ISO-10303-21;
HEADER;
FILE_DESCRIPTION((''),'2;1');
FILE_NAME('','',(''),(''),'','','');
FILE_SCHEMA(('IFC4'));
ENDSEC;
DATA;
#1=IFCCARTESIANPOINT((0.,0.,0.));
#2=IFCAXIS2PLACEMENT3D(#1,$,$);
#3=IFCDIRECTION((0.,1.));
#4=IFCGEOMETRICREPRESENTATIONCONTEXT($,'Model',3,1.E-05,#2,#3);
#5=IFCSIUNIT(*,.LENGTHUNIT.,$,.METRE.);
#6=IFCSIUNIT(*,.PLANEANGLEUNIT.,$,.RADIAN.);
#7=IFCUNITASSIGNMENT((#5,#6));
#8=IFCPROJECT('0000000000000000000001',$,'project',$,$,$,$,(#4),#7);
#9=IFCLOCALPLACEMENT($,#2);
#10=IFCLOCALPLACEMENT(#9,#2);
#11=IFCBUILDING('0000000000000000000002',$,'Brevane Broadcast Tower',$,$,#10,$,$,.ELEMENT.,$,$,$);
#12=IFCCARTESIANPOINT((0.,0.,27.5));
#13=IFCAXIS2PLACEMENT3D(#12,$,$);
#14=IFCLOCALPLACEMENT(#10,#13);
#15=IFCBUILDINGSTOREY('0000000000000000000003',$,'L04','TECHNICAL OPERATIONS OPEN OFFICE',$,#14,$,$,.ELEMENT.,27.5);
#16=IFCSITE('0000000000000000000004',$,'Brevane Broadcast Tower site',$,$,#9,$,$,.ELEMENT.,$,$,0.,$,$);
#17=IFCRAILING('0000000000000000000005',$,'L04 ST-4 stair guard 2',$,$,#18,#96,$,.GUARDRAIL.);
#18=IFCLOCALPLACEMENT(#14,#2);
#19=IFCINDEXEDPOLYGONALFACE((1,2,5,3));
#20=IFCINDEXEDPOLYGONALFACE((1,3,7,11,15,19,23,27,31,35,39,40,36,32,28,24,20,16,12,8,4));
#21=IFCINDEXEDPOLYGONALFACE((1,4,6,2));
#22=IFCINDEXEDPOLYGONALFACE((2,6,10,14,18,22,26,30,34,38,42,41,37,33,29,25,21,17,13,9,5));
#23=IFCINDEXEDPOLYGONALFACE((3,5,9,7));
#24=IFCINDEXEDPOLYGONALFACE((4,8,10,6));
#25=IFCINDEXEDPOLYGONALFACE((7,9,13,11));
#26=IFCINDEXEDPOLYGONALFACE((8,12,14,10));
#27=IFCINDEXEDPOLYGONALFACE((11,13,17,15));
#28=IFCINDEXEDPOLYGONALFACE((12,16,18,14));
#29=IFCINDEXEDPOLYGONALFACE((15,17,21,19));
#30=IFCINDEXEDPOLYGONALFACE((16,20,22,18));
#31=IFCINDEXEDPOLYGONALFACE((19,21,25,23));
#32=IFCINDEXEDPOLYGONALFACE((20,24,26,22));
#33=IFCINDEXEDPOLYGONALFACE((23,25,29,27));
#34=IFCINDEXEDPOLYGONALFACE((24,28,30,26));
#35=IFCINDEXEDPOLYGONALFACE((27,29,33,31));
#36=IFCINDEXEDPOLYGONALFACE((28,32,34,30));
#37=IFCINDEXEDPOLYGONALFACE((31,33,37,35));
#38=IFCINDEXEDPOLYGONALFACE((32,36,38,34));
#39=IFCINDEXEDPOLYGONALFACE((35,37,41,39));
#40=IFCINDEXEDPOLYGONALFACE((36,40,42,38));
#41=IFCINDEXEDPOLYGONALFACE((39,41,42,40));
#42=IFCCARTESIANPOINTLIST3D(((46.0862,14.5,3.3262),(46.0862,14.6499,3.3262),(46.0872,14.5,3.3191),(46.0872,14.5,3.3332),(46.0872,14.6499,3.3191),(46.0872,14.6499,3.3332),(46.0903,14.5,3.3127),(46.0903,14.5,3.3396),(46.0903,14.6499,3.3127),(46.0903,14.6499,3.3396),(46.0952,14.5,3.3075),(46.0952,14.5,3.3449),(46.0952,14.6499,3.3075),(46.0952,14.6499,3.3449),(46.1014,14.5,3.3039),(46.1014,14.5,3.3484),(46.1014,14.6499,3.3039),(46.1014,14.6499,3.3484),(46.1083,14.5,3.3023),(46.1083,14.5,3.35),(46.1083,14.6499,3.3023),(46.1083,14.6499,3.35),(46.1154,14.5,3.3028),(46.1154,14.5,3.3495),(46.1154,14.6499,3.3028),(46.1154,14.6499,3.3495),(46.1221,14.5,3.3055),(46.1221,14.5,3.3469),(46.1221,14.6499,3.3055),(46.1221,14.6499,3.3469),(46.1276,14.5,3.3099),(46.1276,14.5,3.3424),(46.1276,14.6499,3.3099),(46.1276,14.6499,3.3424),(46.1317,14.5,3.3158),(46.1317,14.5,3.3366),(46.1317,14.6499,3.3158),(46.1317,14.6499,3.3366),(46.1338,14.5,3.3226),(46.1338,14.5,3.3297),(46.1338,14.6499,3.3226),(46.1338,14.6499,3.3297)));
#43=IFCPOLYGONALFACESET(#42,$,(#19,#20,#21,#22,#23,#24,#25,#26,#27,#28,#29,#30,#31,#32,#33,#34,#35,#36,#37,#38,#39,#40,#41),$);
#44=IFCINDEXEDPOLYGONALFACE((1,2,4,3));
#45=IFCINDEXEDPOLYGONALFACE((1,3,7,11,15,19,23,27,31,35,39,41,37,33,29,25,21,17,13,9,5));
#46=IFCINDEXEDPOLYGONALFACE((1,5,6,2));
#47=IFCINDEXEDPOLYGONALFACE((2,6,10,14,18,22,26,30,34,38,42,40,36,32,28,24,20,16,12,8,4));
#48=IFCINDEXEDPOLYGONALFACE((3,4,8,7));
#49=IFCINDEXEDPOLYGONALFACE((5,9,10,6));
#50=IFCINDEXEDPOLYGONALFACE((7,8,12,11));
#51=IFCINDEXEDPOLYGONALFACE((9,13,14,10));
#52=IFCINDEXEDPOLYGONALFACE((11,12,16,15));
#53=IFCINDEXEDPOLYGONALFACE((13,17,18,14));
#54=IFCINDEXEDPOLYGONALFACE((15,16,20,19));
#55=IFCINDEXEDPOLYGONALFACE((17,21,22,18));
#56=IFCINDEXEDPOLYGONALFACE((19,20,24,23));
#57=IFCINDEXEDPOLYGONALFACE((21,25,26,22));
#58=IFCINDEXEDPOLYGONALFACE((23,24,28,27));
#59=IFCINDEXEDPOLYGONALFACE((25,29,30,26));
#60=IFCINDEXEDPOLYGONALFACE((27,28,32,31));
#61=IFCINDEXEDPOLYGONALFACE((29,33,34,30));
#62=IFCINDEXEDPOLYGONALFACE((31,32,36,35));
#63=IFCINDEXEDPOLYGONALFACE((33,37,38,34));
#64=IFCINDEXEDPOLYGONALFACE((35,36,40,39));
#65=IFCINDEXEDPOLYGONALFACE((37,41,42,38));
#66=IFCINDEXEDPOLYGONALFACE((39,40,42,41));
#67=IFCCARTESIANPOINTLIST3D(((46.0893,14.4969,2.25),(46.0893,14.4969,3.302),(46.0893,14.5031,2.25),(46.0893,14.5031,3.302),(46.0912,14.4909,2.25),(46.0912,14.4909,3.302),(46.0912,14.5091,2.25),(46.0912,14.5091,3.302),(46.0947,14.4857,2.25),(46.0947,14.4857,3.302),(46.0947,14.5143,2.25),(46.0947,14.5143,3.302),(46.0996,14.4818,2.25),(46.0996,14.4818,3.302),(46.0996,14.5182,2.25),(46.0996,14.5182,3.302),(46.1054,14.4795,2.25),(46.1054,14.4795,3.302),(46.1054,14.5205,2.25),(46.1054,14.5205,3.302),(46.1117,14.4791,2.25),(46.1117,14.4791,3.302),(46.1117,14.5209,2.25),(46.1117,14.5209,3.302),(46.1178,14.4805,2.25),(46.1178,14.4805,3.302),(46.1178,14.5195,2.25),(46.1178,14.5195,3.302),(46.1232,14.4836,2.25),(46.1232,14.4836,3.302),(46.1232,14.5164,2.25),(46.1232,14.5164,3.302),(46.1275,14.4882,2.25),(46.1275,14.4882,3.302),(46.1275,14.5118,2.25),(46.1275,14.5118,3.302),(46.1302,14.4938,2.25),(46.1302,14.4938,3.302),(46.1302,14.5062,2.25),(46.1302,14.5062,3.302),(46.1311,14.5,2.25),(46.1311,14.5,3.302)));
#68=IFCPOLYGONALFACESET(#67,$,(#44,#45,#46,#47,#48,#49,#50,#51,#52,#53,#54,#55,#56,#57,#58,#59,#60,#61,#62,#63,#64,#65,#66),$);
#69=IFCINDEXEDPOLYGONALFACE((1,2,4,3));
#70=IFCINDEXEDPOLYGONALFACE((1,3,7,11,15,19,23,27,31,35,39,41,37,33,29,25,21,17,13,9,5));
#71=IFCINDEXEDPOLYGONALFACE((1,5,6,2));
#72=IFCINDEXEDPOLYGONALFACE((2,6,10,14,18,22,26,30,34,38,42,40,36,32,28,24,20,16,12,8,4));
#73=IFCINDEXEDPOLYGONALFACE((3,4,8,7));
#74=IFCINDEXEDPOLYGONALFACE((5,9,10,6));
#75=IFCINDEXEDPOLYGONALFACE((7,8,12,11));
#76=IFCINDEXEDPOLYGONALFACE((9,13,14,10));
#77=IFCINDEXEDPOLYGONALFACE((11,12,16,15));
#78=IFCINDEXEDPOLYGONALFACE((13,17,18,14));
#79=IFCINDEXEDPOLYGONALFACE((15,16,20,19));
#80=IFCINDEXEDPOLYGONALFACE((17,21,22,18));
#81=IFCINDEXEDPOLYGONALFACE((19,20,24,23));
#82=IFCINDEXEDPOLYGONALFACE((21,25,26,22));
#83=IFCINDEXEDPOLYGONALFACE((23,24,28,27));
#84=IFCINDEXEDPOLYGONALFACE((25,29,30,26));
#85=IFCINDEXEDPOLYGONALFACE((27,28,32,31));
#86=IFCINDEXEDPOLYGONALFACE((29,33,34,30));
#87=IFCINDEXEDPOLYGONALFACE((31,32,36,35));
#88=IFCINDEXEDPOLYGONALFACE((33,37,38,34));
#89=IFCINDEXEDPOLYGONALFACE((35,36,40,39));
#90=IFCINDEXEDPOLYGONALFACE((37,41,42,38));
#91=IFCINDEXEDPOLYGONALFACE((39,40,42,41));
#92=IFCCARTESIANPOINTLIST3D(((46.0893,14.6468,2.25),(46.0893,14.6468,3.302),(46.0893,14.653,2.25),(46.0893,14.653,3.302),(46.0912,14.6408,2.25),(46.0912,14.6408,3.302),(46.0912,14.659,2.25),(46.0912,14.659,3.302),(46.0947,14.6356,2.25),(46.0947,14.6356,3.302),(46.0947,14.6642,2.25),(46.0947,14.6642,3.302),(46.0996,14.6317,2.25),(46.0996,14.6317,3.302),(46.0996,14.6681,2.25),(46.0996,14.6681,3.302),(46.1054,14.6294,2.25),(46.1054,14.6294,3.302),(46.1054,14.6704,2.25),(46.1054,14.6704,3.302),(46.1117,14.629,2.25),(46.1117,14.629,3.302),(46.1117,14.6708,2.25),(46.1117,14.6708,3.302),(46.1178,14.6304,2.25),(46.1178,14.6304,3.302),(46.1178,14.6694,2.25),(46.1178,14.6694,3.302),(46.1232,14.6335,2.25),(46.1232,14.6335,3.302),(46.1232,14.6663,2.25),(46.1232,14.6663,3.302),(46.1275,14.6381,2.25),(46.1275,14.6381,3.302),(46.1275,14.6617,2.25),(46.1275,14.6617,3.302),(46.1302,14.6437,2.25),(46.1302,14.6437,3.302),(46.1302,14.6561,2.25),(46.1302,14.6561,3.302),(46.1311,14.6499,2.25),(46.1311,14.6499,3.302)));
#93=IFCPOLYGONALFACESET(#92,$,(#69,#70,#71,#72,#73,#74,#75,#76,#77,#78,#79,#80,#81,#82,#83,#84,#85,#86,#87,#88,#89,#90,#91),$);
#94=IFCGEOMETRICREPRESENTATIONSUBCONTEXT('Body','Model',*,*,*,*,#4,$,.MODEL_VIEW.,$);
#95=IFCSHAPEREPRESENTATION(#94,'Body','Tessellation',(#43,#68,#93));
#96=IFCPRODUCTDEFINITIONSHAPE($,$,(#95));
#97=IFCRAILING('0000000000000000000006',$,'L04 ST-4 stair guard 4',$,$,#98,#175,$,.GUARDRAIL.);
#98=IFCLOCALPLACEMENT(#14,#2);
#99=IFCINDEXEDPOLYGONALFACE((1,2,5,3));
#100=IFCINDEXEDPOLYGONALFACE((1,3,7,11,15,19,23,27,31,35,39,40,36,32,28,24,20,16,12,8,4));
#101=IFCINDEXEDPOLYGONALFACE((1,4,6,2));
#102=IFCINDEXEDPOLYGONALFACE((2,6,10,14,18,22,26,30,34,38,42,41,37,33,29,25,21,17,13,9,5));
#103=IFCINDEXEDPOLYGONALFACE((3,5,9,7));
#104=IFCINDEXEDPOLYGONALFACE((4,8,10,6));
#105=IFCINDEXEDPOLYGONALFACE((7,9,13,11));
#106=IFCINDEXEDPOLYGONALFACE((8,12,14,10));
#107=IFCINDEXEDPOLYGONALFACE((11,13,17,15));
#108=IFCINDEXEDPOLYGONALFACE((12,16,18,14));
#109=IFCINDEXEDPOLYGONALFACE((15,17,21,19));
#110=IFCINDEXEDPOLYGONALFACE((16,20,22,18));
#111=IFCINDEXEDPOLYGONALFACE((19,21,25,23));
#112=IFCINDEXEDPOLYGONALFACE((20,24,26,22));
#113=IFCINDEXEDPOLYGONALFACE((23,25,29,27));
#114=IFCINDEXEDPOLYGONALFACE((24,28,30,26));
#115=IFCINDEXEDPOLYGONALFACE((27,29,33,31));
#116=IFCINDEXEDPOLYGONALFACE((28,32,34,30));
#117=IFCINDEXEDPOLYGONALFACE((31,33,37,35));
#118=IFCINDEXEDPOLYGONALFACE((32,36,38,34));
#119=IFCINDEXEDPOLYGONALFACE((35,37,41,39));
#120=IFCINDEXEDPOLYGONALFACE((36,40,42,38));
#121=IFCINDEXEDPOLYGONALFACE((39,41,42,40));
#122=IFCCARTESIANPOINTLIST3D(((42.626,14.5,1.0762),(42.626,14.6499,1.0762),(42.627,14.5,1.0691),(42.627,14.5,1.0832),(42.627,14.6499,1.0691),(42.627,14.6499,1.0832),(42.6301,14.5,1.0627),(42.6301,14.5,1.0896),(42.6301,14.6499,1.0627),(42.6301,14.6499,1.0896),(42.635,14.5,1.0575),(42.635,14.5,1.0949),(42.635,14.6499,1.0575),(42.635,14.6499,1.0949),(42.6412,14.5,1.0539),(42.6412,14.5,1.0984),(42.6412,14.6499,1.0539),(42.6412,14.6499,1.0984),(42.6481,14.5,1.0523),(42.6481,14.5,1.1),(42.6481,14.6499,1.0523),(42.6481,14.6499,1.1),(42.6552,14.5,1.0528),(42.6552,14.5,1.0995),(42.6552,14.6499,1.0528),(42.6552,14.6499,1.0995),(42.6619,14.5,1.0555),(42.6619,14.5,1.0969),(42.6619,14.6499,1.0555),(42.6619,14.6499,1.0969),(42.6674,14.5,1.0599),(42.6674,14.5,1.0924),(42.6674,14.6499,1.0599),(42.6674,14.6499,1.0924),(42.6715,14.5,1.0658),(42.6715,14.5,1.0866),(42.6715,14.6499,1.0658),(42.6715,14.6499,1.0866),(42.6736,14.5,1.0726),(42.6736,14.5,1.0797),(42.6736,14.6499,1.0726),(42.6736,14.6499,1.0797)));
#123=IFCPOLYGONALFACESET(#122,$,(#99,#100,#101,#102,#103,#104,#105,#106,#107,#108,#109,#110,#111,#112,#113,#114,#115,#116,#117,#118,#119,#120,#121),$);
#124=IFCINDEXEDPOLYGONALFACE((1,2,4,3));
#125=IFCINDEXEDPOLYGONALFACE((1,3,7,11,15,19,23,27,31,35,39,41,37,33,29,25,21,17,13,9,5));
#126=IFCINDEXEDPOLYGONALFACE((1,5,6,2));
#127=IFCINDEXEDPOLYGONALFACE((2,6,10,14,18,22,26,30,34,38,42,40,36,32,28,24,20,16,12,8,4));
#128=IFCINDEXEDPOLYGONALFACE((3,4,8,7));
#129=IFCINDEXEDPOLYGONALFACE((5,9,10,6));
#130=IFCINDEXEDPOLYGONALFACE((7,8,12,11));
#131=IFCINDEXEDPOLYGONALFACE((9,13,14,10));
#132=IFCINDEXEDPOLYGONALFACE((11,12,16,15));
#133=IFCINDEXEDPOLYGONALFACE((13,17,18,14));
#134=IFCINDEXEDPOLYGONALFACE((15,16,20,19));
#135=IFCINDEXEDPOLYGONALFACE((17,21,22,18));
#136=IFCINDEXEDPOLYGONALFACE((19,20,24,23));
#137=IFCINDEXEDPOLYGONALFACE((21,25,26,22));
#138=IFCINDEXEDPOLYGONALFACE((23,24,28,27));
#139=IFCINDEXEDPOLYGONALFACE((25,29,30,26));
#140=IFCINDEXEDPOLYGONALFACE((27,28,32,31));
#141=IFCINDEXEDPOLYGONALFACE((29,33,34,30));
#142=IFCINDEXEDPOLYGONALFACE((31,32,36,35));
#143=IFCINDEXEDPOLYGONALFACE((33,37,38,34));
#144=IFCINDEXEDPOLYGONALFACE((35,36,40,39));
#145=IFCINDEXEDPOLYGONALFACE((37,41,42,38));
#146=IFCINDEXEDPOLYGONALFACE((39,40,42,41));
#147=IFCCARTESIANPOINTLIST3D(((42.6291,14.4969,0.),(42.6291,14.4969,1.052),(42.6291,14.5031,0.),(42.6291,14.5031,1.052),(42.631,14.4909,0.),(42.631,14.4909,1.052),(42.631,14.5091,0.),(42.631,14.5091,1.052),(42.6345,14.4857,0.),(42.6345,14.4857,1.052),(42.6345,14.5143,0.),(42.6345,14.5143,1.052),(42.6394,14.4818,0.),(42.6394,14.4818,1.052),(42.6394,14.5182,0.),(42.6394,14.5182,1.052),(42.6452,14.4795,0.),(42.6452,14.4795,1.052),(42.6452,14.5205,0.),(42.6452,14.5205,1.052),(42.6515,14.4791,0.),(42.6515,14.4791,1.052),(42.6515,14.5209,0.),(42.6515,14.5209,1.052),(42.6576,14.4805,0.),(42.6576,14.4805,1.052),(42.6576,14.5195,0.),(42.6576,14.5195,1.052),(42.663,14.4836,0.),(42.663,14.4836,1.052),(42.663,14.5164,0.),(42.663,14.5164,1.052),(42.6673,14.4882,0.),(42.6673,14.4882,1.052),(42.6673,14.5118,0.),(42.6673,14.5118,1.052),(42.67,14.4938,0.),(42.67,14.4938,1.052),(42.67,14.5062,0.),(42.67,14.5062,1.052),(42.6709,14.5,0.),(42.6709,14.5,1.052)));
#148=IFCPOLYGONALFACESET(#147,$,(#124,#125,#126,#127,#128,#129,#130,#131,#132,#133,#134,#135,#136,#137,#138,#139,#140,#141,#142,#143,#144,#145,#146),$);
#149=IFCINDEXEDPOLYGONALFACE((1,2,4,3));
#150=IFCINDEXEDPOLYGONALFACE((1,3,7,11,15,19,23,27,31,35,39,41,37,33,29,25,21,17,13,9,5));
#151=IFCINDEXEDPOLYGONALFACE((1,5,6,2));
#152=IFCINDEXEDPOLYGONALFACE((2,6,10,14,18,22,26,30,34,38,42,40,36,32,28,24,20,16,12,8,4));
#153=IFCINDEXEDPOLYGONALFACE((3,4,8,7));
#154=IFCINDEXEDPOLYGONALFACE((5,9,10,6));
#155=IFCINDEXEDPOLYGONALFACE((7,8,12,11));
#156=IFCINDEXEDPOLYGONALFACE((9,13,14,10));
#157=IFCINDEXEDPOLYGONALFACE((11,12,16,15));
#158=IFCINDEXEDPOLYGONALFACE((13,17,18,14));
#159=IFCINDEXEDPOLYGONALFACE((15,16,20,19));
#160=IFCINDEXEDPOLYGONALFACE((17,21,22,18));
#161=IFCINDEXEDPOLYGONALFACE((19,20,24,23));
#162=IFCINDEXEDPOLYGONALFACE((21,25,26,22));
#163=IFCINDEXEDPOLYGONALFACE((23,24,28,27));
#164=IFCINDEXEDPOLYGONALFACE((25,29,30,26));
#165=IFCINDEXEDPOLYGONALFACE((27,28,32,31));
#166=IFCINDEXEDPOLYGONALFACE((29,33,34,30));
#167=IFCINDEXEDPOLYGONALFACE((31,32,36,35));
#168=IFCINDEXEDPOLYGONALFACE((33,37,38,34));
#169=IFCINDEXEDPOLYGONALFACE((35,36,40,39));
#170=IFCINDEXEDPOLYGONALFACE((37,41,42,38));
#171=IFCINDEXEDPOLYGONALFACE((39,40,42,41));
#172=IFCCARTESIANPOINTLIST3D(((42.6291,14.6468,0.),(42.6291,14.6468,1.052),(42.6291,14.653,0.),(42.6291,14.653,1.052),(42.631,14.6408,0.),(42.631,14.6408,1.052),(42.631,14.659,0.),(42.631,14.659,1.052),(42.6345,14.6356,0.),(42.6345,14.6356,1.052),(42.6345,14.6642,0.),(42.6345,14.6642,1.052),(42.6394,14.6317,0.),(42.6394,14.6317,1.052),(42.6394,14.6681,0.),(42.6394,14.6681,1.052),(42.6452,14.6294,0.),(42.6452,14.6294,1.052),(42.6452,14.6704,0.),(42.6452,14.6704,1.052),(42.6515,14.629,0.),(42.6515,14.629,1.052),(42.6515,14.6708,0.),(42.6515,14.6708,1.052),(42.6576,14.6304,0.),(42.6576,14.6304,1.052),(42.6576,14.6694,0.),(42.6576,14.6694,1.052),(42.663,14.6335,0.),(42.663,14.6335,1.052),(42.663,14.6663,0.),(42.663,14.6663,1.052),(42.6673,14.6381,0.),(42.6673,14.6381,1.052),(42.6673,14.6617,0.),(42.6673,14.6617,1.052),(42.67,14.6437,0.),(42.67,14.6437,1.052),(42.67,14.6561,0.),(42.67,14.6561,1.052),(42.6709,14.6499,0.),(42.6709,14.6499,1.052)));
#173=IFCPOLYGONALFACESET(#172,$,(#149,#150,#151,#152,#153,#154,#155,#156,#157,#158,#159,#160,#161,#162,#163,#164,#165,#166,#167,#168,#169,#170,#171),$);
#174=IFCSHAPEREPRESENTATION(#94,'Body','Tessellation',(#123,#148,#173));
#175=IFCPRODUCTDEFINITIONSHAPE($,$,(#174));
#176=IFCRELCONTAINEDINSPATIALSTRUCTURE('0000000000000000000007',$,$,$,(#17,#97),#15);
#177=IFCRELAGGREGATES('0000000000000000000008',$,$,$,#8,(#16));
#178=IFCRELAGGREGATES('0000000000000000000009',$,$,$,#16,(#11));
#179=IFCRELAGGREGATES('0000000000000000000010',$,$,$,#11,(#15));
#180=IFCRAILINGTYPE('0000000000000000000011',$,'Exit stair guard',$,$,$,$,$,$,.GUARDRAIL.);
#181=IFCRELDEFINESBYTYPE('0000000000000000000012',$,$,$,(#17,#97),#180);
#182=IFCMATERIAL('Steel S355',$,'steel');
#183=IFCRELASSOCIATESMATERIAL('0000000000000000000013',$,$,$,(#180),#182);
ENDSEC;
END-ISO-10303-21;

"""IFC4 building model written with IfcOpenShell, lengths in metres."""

from ifc_helpers import new_model, si_unit, direction, frame, origin, origin_2d, place, context, subcontext, project, spatial, circle, extrude, material, type_object, element, save


model = new_model("IFC4")

# Units and contexts
model_context = context("Model", 3, precision=1e-05, world=origin(), true_north=direction((0.0, 1.0)))
body_context = subcontext(model_context, "Body", "Model", "MODEL_VIEW")
ifc_project = project(units=[si_unit("LENGTHUNIT", "METRE"), si_unit("PLANEANGLEUNIT", "RADIAN")], contexts=[model_context])

# Site, building, storey
site_placement = place(None, origin())
site = spatial("IfcSite", under=ifc_project, at=site_placement, Name="Brevane Broadcast Tower site", CompositionType="ELEMENT", RefElevation=0.0)
building_placement = place(site_placement, origin())
building = spatial("IfcBuilding", under=site, at=building_placement, Name="Brevane Broadcast Tower", CompositionType="ELEMENT")
storey_placement = place(building_placement, frame((0.0, 0.0, 27.5)))
storey = spatial("IfcBuildingStorey", under=building, at=storey_placement, Name="L04", Description="TECHNICAL OPERATIONS OPEN OFFICE", CompositionType="ELEMENT", Elevation=27.5)

# Railings
ifc_material_1 = material(Name="Steel S355", Category="steel")
railing_type_1 = type_object("IfcRailingType", Name="Exit stair guard", PredefinedType="GUARDRAIL", material=ifc_material_1)
for number, where, name in (
    (1, (46.1101, 14.5, 2.25), "L04 ST-4 stair guard 2"),
    (2, (42.6499, 14.5, 0.0), "L04 ST-4 stair guard 4"),
):
    element("IfcRailing", number, at=place(storey_placement, frame(where)), inside=storey, type_object=railing_type_1, Name=name, PredefinedType="GUARDRAIL", context=body_context, shape_type="SweptSolid", body=[
        extrude(circle(Radius=0.0239, at=origin_2d()), frame((0.0, 0.0, 1.0762), z_axis=(0.0, 1.0, 0.0), x_axis=(-1.0, 0.0, 0.0)), (0.0, 0.0, 1.0), 0.1499),
        extrude(circle(Radius=0.021, at=origin_2d()), origin(), (0.0, 0.0, 1.0), 1.052),
        extrude(circle(Radius=0.021, at=origin_2d()), frame((0.0, 0.1499, 0.0)), (0.0, 0.0, 1.0), 1.052),
    ])

save(model, "model.ifc")
